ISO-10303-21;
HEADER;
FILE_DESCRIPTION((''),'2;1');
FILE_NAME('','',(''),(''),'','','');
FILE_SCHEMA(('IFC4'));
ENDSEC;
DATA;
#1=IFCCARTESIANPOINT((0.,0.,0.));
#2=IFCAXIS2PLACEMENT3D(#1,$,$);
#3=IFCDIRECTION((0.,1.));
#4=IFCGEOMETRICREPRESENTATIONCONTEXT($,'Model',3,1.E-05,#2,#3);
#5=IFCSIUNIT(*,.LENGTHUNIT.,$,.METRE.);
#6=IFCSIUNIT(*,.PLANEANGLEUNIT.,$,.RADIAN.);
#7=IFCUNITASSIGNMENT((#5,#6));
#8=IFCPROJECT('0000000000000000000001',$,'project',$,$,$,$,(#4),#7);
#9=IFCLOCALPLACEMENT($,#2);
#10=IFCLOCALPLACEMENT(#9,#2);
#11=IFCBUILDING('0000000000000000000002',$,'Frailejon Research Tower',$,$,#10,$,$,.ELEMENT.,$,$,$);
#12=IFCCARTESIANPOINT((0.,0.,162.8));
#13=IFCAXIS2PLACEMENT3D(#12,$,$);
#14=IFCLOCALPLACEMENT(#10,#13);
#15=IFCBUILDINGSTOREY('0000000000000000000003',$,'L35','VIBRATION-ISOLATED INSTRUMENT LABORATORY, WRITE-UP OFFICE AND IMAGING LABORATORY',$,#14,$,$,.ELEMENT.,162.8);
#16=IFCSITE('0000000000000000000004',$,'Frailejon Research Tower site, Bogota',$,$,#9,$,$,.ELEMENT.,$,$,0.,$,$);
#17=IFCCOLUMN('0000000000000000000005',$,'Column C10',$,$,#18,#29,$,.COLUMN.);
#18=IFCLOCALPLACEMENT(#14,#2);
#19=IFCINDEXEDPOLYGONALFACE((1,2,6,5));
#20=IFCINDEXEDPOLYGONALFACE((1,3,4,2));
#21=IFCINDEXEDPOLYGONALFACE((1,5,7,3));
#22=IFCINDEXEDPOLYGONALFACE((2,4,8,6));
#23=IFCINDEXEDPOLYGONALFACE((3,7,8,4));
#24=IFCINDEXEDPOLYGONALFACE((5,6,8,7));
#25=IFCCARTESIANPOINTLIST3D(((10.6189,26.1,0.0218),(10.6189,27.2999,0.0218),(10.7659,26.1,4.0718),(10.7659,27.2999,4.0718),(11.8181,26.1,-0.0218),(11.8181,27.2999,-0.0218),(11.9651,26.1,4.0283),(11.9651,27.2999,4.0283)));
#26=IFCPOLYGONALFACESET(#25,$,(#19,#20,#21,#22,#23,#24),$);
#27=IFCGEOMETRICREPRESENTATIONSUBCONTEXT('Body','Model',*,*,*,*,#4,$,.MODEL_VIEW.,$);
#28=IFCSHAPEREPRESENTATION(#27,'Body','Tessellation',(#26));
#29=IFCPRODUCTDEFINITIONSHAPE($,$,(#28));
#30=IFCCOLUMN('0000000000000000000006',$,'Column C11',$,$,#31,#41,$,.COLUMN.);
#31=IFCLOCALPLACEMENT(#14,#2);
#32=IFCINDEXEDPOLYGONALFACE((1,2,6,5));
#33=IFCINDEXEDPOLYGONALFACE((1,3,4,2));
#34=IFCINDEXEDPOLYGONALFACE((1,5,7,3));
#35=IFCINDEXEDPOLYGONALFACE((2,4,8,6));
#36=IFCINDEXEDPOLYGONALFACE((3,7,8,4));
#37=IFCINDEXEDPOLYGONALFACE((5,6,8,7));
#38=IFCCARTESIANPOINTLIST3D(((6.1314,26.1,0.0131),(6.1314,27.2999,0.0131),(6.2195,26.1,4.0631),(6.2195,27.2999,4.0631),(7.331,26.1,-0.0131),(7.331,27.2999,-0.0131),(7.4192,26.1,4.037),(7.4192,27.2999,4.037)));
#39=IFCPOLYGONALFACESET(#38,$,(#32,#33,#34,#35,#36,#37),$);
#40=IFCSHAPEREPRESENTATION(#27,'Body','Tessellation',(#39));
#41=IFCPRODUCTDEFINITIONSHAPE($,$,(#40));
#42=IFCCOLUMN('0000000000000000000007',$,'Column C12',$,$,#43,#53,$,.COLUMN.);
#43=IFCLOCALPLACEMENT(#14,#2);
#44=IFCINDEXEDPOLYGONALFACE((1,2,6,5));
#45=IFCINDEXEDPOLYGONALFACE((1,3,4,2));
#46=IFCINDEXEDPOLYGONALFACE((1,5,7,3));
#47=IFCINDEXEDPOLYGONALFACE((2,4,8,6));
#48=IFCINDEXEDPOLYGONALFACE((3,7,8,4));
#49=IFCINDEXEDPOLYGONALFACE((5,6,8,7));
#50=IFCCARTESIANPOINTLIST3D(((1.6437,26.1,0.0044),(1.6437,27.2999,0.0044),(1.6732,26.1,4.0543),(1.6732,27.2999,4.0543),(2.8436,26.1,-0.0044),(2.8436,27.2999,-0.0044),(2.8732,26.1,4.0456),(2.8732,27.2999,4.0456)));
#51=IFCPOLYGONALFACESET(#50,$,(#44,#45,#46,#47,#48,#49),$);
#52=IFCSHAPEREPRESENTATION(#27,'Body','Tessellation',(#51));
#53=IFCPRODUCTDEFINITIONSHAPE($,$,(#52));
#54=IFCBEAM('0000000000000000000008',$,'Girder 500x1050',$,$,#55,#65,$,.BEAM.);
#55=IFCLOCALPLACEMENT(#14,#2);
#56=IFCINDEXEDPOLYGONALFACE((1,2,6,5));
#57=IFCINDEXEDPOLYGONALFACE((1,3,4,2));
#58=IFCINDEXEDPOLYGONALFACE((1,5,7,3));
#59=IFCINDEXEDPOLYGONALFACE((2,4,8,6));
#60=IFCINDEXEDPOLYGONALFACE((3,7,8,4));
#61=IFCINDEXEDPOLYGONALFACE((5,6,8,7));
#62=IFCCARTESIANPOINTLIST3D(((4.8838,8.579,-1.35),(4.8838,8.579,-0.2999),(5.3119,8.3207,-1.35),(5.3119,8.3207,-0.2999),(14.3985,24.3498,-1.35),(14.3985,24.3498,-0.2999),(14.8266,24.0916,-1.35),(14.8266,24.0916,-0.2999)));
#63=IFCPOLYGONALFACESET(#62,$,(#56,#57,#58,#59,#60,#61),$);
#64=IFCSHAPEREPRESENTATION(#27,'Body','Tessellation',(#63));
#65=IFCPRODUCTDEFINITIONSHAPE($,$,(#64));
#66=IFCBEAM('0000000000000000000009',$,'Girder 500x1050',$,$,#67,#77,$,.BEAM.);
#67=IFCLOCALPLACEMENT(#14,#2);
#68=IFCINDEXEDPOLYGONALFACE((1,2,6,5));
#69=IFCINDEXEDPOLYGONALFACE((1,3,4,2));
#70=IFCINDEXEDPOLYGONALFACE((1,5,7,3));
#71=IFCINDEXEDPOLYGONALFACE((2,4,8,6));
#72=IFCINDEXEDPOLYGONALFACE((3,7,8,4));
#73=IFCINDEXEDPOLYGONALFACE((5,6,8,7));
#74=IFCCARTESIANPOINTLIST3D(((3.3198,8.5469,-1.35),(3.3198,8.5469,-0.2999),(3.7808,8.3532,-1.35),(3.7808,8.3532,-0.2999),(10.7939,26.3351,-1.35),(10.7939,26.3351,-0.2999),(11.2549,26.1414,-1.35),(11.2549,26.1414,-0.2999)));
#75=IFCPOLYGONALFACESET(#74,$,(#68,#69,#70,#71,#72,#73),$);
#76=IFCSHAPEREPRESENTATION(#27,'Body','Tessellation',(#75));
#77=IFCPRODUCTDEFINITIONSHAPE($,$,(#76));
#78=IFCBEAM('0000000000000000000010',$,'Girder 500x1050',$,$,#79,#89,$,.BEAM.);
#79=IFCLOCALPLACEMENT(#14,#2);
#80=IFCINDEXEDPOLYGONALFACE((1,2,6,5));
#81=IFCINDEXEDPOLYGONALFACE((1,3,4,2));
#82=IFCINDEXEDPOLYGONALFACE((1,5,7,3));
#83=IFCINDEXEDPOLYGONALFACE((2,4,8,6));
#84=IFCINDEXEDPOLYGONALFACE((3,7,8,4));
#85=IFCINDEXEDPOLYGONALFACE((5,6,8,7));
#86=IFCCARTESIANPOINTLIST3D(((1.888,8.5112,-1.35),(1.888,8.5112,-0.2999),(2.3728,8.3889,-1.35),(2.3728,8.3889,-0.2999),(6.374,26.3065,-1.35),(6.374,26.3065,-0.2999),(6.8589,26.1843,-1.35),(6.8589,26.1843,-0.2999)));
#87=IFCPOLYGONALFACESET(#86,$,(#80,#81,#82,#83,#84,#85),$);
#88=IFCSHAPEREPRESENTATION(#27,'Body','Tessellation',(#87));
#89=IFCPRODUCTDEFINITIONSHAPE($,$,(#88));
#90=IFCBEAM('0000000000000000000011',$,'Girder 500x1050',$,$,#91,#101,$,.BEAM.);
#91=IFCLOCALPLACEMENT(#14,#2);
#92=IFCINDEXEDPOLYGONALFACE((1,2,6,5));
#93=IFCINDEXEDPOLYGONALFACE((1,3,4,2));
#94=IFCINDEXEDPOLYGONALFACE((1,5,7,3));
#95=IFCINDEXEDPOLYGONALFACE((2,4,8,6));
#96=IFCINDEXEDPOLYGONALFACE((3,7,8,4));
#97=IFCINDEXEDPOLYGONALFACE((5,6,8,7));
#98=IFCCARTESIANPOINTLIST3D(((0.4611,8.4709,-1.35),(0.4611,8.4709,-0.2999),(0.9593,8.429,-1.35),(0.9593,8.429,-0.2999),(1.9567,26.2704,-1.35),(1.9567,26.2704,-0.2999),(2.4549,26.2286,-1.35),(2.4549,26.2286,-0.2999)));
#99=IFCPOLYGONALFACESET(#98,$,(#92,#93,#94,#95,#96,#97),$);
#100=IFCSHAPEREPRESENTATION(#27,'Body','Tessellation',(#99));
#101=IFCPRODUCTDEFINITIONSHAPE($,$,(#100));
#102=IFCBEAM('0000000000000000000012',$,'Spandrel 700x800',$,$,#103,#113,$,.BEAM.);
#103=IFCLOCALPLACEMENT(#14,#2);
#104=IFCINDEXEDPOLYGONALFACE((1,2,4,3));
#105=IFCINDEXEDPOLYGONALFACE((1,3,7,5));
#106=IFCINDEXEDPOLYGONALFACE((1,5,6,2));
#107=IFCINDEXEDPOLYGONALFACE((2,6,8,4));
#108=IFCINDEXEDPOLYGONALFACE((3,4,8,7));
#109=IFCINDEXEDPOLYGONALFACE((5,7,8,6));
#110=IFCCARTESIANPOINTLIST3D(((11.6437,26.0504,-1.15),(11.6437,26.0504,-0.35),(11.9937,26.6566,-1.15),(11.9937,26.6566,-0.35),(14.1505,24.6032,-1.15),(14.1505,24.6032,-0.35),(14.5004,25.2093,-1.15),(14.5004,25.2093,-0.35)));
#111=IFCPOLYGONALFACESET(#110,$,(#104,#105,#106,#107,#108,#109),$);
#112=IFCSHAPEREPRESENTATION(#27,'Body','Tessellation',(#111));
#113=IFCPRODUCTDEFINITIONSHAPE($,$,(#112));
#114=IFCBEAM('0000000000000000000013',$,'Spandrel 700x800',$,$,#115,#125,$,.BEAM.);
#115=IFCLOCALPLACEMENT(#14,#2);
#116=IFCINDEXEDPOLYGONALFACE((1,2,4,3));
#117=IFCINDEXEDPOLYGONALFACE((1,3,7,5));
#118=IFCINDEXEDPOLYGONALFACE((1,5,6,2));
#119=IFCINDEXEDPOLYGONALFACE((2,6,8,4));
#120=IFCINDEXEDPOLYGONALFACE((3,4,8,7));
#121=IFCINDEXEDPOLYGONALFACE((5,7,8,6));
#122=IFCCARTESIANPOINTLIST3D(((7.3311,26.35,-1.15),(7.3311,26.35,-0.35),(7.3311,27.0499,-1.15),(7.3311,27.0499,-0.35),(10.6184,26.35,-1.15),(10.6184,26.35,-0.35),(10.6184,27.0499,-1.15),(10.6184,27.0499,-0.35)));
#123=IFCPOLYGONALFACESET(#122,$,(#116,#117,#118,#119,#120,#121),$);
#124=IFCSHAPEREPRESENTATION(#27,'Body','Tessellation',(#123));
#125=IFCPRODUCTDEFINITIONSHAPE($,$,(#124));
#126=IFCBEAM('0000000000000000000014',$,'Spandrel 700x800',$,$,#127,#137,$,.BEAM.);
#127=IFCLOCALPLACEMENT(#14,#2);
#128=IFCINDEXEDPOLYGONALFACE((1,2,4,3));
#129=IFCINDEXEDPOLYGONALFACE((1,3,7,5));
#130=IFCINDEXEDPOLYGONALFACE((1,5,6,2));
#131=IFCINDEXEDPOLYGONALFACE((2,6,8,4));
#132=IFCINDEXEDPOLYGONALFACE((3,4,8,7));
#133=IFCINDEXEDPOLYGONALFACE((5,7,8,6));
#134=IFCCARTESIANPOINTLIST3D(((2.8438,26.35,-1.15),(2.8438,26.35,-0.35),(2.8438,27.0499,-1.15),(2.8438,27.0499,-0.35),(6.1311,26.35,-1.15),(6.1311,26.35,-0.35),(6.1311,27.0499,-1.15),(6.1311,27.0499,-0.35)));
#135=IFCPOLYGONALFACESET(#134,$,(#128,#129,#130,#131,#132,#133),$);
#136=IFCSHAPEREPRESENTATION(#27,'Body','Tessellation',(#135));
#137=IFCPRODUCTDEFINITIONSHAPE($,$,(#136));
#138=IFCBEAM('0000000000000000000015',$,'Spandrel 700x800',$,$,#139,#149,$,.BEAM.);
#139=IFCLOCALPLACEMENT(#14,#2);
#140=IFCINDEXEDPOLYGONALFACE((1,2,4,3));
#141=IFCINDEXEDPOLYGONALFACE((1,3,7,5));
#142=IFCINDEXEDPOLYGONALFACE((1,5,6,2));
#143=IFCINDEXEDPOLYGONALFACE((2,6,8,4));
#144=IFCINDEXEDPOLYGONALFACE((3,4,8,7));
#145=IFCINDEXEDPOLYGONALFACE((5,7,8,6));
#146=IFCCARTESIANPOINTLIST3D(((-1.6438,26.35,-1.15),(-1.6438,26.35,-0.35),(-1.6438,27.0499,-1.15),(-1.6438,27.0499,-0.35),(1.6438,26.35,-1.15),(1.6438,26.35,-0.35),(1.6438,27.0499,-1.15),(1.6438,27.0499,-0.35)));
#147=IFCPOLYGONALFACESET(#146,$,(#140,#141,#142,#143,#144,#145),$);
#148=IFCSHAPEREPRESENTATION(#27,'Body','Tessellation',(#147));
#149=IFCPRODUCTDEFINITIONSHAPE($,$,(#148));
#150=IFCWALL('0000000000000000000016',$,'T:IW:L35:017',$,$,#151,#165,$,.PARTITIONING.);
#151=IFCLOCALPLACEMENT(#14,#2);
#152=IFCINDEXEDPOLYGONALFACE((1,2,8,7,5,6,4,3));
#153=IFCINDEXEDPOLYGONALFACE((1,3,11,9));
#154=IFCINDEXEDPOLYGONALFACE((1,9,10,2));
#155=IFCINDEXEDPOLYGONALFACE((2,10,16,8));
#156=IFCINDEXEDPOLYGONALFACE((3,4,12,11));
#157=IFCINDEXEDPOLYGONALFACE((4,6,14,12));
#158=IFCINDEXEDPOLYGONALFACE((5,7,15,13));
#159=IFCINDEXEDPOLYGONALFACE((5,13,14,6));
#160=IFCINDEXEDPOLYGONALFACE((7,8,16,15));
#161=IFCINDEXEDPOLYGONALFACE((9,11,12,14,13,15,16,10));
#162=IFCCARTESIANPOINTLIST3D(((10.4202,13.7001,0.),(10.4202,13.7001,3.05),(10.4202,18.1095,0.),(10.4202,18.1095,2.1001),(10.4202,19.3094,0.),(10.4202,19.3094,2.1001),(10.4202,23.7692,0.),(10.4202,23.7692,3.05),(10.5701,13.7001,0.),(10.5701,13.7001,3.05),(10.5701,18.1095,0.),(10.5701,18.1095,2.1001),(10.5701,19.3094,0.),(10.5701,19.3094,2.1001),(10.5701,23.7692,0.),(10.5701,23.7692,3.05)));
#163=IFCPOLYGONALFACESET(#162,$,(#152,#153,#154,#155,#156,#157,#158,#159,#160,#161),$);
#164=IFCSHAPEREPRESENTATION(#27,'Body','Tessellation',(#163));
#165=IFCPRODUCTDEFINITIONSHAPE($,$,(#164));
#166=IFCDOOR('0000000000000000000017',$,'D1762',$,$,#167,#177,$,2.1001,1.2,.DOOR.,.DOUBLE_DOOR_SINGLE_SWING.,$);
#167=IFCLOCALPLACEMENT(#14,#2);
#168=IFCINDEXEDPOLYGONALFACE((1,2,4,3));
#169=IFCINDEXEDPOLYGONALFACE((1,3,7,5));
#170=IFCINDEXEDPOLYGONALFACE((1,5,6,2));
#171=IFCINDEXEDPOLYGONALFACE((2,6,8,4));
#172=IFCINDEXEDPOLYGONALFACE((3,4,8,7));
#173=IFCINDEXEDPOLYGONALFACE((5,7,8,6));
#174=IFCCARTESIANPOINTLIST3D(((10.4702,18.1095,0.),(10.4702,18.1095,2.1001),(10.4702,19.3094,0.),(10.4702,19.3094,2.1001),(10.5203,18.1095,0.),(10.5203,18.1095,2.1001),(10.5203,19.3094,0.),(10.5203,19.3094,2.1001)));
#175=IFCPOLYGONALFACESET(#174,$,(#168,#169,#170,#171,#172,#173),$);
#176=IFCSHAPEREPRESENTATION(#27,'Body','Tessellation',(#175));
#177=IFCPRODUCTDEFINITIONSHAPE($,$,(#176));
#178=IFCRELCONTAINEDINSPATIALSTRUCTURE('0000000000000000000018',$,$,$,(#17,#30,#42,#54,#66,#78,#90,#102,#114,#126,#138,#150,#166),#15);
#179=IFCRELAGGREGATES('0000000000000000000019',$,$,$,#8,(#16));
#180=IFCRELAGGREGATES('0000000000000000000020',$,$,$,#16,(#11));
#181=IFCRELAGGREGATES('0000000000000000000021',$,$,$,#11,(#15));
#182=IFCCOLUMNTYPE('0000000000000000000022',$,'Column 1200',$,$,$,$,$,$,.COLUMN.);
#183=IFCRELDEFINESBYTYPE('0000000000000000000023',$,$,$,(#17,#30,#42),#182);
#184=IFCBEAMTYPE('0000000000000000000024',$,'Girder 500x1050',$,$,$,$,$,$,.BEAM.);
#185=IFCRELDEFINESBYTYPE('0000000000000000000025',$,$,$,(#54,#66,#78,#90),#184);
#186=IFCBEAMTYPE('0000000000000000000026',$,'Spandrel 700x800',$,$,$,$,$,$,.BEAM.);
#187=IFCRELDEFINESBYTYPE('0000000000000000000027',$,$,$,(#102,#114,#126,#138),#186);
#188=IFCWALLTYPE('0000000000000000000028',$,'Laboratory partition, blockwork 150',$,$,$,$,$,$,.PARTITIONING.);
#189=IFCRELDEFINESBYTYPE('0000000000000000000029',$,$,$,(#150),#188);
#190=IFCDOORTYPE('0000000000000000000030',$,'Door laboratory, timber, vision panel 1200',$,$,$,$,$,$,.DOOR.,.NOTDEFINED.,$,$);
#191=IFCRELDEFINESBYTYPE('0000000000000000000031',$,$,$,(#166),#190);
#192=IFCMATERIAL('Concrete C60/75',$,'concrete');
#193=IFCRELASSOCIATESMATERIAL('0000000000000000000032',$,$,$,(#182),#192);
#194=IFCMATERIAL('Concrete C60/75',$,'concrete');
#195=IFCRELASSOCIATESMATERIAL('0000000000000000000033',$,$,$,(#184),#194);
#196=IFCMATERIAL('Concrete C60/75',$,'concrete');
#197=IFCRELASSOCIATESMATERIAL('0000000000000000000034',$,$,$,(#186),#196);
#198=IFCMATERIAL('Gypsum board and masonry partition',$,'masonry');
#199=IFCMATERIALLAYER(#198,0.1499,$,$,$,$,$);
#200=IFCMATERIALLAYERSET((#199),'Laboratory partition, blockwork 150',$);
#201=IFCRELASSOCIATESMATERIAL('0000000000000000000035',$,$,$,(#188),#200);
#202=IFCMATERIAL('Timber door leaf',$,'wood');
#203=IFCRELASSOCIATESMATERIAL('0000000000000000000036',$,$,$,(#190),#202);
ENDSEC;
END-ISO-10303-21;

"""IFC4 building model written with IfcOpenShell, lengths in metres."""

from ifc_helpers import new_model, si_unit, direction, frame, frame_2d, origin, origin_2d, place, context, subcontext, project, spatial, rectangle, extrude, material, layer, layer_set, material_profile, profile_set, type_object, element, fill, save


model = new_model("IFC4")

# Units and contexts
model_context = context("Model", 3, precision=1e-05, world=origin(), true_north=direction((0.0, 1.0)))
body_context = subcontext(model_context, "Body", "Model", "MODEL_VIEW")
ifc_project = project(units=[si_unit("LENGTHUNIT", "METRE"), si_unit("PLANEANGLEUNIT", "RADIAN")], contexts=[model_context])

# Site, building, storey
site_placement = place(None, origin())
site = spatial("IfcSite", under=ifc_project, at=site_placement, Name="Frailejon Research Tower site, Bogota", CompositionType="ELEMENT", RefElevation=0.0)
building_placement = place(site_placement, origin())
building = spatial("IfcBuilding", under=site, at=building_placement, Name="Frailejon Research Tower", CompositionType="ELEMENT")
storey_placement = place(building_placement, frame((0.0, 0.0, 162.8)))
storey = spatial("IfcBuildingStorey", under=building, at=storey_placement, Name="L35", Description="VIBRATION-ISOLATED INSTRUMENT LABORATORY, WRITE-UP OFFICE AND IMAGING LABORATORY", CompositionType="ELEMENT", Elevation=162.8)

# Columns
ifc_material_1 = material(Name="Concrete C60/75", Category="concrete")
ifc_material_profile_1 = material_profile(ifc_material_1, rectangle(XDim=1.2, YDim=1.2, at=origin_2d()), Name="Column 1200")
ifc_profile_set_1 = profile_set([ifc_material_profile_1], Name="Concrete C60/75")
column_type = type_object("IfcColumnType", Name="Column 1200", PredefinedType="COLUMN", material=ifc_profile_set_1)
column_1_placement = place(storey_placement, frame((11.2185, 26.7, 0.0), z_axis=(0.036265, 0.0, 0.999342), x_axis=(-0.999342, 0.0, 0.036265)))
element("IfcColumn", 1, at=column_1_placement, inside=storey, type_object=column_type, Name="Column C10", PredefinedType="COLUMN", context=body_context, shape_type="SweptSolid", body=[
    extrude(rectangle(XDim=1.2, YDim=1.2, at=origin_2d()), origin(), (0.0, 0.0, 1.0), 4.0527),
])
column_2_placement = place(storey_placement, frame((6.7312, 26.7, 0.0), z_axis=(0.021756, 0.0, 0.999763), x_axis=(-0.999763, 0.0, 0.021756)))
element("IfcColumn", 2, at=column_2_placement, inside=storey, type_object=column_type, Name="Column C11", PredefinedType="COLUMN", context=body_context, shape_type="SweptSolid", body=[
    extrude(rectangle(XDim=1.2, YDim=1.2, at=origin_2d()), origin(), (0.0, 0.0, 1.0), 4.051),
])
column_3_placement = place(storey_placement, frame((2.2437, 26.7, 0.0), z_axis=(0.007294, 0.0, 0.999973), x_axis=(-0.999973, 0.0, 0.007294)))
element("IfcColumn", 3, at=column_3_placement, inside=storey, type_object=column_type, Name="Column C12", PredefinedType="COLUMN", context=body_context, shape_type="SweptSolid", body=[
    extrude(rectangle(XDim=1.2, YDim=1.2, at=origin_2d()), origin(), (0.0, 0.0, 1.0), 4.05),
])

# Beams
ifc_material_2 = material(Name="Concrete C60/75", Category="concrete")
ifc_material_profile_2 = material_profile(ifc_material_2, rectangle(XDim=0.5, YDim=1.05, at=origin_2d()), Name="Girder 500x1050")
ifc_profile_set_2 = profile_set([ifc_material_profile_2], Name="Concrete C60/75")
beam_type_1 = type_object("IfcBeamType", Name="Girder 500x1050", PredefinedType="BEAM", material=ifc_profile_set_2)
beam_1_placement = place(storey_placement, frame((14.6125, 24.2207, -0.825), z_axis=(-0.516578, -0.85624, 0.0), x_axis=(0.85624, -0.516578, 0.0)))
element("IfcBeam", 4, at=beam_1_placement, inside=storey, type_object=beam_type_1, Name="Girder 500x1050", PredefinedType="BEAM", context=body_context, shape_type="SweptSolid", body=[
    extrude(rectangle(XDim=0.5, YDim=1.05, at=origin_2d()), origin(), (0.0, 0.0, 1.0), 18.4187),
])
beam_2_placement = place(storey_placement, frame((11.0244, 26.2383, -0.825), z_axis=(-0.387366, -0.921926, 0.0), x_axis=(0.921926, -0.387366, 0.0)))
element("IfcBeam", 5, at=beam_2_placement, inside=storey, type_object=beam_type_1, Name="Girder 500x1050", PredefinedType="BEAM", context=body_context, shape_type="SweptSolid", body=[
    extrude(rectangle(XDim=0.5, YDim=1.05, at=origin_2d()), origin(), (0.0, 0.0, 1.0), 19.2947),
])
beam_3_placement = place(storey_placement, frame((6.6165, 26.2454, -0.825), z_axis=(-0.244445, -0.969663, 0.0), x_axis=(0.969663, -0.244445, 0.0)))
element("IfcBeam", 6, at=beam_3_placement, inside=storey, type_object=beam_type_1, Name="Girder 500x1050", PredefinedType="BEAM", context=body_context, shape_type="SweptSolid", body=[
    extrude(rectangle(XDim=0.5, YDim=1.05, at=origin_2d()), origin(), (0.0, 0.0, 1.0), 18.3521),
])
beam_4_placement = place(storey_placement, frame((2.2058, 26.2495, -0.825), z_axis=(-0.08373, -0.996488, 0.0), x_axis=(0.996488, -0.08373, 0.0)))
element("IfcBeam", 7, at=beam_4_placement, inside=storey, type_object=beam_type_1, Name="Girder 500x1050", PredefinedType="BEAM", context=body_context, shape_type="SweptSolid", body=[
    extrude(rectangle(XDim=0.5, YDim=1.05, at=origin_2d()), origin(), (0.0, 0.0, 1.0), 17.8623),
])
ifc_material_3 = material(Name="Concrete C60/75", Category="concrete")
ifc_material_profile_3 = material_profile(ifc_material_3, rectangle(XDim=0.7, YDim=0.8, at=origin_2d()), Name="Spandrel 700x800")
ifc_profile_set_3 = profile_set([ifc_material_profile_3], Name="Concrete C60/75")
beam_type_2 = type_object("IfcBeamType", Name="Spandrel 700x800", PredefinedType="BEAM", material=ifc_profile_set_3)
beam_5_placement = place(storey_placement, frame((14.3254, 24.9062, -0.75), z_axis=(-0.866034, 0.499985, 0.0), x_axis=(-0.499985, -0.866034, 0.0)))
element("IfcBeam", 8, at=beam_5_placement, inside=storey, type_object=beam_type_2, Name="Spandrel 700x800", PredefinedType="BEAM", context=body_context, shape_type="SweptSolid", body=[
    extrude(rectangle(XDim=0.7, YDim=0.8, at=origin_2d()), origin(), (0.0, 0.0, 1.0), 2.8945),
])
for number, where, z_axis, x_axis, name in (
    (9, (10.6184, 26.7, -0.75), (-1.0, 0.0, 0.0), (0.0, -1.0, 0.0), "Spandrel 700x800"),
    (10, (6.1311, 26.7, -0.75), (-1.0, 0.0, 0.0), (0.0, -1.0, 0.0), "Spandrel 700x800"),
):
    element("IfcBeam", number, at=place(storey_placement, frame(where, z_axis=z_axis, x_axis=x_axis)), inside=storey, type_object=beam_type_2, Name=name, PredefinedType="BEAM", context=body_context, shape_type="SweptSolid", body=[
        extrude(rectangle(XDim=0.7, YDim=0.8, at=origin_2d()), origin(), (0.0, 0.0, 1.0), 3.2874),
    ])
beam_6_placement = place(storey_placement, frame((1.6438, 26.7, -0.75), z_axis=(-1.0, 0.0, 0.0), x_axis=(0.0, -1.0, 0.0)))
element("IfcBeam", 11, at=beam_6_placement, inside=storey, type_object=beam_type_2, Name="Spandrel 700x800", PredefinedType="BEAM", context=body_context, shape_type="SweptSolid", body=[
    extrude(rectangle(XDim=0.7, YDim=0.8, at=origin_2d()), origin(), (0.0, 0.0, 1.0), 3.2876),
])

# Wall, opening, door
ifc_material_4 = material(Name="Gypsum board and masonry partition", Category="masonry")
ifc_layer_1 = layer(ifc_material_4, 0.1499)
ifc_layer_set_1 = layer_set([ifc_layer_1], Name="Laboratory partition, blockwork 150")
wall_type_1 = type_object("IfcWallType", Name="Laboratory partition, blockwork 150", PredefinedType="PARTITIONING", material=ifc_layer_set_1)
wall_1_placement = place(storey_placement, frame((10.4951, 13.7, 0.0), z_axis=(0.0, 0.0, 1.0), x_axis=(0.0, 1.0, 0.0)))
wall_1 = element("IfcWall", 12, at=wall_1_placement, inside=storey, type_object=wall_type_1, Name="T:IW:L35:017", PredefinedType="PARTITIONING", context=body_context, shape_type="SweptSolid", body=[
    extrude(rectangle(XDim=10.0691, YDim=0.1499, at=frame_2d((5.0347, 0.0))), origin(), (0.0, 0.0, 1.0), 3.05),
])
opening_1_placement = place(wall_1_placement, frame((4.4094, 0.0, 0.0)))
opening_1 = element("IfcOpeningElement", 13, at=opening_1_placement, cuts=wall_1, PredefinedType="OPENING", context=body_context, shape_type="SweptSolid", body=[
    extrude(rectangle(XDim=1.2, YDim=2.1001, at=frame_2d((0.6001, 1.05))), frame((0.0, 0.085, 0.0), z_axis=(0.0, -1.0, 0.0), x_axis=(1.0, 0.0, 0.0)), (0.0, 0.0, 1.0), 0.1699),
])
ifc_material_5 = material(Name="Timber door leaf", Category="wood")
door_type_1 = type_object("IfcDoorType", Name="Door laboratory, timber, vision panel 1200", OperationType="NOTDEFINED", PredefinedType="DOOR", material=ifc_material_5)
door_1_placement = place(opening_1_placement, origin())
door_1 = element("IfcDoor", 14, at=door_1_placement, inside=storey, type_object=door_type_1, Name="D1762", OperationType="DOUBLE_DOOR_SINGLE_SWING", OverallHeight=2.1001, OverallWidth=1.2, PredefinedType="DOOR", context=body_context, shape_type="SweptSolid", body=[
    extrude(rectangle(XDim=1.2, YDim=2.1001, at=frame_2d((0.6001, 1.05))), frame((0.0, 0.0249, 0.0), z_axis=(0.0, -1.0, 0.0), x_axis=(1.0, 0.0, 0.0)), (0.0, 0.0, 1.0), 0.05),
])
fill(opening_1, door_1)

save(model, "model.ifc")
